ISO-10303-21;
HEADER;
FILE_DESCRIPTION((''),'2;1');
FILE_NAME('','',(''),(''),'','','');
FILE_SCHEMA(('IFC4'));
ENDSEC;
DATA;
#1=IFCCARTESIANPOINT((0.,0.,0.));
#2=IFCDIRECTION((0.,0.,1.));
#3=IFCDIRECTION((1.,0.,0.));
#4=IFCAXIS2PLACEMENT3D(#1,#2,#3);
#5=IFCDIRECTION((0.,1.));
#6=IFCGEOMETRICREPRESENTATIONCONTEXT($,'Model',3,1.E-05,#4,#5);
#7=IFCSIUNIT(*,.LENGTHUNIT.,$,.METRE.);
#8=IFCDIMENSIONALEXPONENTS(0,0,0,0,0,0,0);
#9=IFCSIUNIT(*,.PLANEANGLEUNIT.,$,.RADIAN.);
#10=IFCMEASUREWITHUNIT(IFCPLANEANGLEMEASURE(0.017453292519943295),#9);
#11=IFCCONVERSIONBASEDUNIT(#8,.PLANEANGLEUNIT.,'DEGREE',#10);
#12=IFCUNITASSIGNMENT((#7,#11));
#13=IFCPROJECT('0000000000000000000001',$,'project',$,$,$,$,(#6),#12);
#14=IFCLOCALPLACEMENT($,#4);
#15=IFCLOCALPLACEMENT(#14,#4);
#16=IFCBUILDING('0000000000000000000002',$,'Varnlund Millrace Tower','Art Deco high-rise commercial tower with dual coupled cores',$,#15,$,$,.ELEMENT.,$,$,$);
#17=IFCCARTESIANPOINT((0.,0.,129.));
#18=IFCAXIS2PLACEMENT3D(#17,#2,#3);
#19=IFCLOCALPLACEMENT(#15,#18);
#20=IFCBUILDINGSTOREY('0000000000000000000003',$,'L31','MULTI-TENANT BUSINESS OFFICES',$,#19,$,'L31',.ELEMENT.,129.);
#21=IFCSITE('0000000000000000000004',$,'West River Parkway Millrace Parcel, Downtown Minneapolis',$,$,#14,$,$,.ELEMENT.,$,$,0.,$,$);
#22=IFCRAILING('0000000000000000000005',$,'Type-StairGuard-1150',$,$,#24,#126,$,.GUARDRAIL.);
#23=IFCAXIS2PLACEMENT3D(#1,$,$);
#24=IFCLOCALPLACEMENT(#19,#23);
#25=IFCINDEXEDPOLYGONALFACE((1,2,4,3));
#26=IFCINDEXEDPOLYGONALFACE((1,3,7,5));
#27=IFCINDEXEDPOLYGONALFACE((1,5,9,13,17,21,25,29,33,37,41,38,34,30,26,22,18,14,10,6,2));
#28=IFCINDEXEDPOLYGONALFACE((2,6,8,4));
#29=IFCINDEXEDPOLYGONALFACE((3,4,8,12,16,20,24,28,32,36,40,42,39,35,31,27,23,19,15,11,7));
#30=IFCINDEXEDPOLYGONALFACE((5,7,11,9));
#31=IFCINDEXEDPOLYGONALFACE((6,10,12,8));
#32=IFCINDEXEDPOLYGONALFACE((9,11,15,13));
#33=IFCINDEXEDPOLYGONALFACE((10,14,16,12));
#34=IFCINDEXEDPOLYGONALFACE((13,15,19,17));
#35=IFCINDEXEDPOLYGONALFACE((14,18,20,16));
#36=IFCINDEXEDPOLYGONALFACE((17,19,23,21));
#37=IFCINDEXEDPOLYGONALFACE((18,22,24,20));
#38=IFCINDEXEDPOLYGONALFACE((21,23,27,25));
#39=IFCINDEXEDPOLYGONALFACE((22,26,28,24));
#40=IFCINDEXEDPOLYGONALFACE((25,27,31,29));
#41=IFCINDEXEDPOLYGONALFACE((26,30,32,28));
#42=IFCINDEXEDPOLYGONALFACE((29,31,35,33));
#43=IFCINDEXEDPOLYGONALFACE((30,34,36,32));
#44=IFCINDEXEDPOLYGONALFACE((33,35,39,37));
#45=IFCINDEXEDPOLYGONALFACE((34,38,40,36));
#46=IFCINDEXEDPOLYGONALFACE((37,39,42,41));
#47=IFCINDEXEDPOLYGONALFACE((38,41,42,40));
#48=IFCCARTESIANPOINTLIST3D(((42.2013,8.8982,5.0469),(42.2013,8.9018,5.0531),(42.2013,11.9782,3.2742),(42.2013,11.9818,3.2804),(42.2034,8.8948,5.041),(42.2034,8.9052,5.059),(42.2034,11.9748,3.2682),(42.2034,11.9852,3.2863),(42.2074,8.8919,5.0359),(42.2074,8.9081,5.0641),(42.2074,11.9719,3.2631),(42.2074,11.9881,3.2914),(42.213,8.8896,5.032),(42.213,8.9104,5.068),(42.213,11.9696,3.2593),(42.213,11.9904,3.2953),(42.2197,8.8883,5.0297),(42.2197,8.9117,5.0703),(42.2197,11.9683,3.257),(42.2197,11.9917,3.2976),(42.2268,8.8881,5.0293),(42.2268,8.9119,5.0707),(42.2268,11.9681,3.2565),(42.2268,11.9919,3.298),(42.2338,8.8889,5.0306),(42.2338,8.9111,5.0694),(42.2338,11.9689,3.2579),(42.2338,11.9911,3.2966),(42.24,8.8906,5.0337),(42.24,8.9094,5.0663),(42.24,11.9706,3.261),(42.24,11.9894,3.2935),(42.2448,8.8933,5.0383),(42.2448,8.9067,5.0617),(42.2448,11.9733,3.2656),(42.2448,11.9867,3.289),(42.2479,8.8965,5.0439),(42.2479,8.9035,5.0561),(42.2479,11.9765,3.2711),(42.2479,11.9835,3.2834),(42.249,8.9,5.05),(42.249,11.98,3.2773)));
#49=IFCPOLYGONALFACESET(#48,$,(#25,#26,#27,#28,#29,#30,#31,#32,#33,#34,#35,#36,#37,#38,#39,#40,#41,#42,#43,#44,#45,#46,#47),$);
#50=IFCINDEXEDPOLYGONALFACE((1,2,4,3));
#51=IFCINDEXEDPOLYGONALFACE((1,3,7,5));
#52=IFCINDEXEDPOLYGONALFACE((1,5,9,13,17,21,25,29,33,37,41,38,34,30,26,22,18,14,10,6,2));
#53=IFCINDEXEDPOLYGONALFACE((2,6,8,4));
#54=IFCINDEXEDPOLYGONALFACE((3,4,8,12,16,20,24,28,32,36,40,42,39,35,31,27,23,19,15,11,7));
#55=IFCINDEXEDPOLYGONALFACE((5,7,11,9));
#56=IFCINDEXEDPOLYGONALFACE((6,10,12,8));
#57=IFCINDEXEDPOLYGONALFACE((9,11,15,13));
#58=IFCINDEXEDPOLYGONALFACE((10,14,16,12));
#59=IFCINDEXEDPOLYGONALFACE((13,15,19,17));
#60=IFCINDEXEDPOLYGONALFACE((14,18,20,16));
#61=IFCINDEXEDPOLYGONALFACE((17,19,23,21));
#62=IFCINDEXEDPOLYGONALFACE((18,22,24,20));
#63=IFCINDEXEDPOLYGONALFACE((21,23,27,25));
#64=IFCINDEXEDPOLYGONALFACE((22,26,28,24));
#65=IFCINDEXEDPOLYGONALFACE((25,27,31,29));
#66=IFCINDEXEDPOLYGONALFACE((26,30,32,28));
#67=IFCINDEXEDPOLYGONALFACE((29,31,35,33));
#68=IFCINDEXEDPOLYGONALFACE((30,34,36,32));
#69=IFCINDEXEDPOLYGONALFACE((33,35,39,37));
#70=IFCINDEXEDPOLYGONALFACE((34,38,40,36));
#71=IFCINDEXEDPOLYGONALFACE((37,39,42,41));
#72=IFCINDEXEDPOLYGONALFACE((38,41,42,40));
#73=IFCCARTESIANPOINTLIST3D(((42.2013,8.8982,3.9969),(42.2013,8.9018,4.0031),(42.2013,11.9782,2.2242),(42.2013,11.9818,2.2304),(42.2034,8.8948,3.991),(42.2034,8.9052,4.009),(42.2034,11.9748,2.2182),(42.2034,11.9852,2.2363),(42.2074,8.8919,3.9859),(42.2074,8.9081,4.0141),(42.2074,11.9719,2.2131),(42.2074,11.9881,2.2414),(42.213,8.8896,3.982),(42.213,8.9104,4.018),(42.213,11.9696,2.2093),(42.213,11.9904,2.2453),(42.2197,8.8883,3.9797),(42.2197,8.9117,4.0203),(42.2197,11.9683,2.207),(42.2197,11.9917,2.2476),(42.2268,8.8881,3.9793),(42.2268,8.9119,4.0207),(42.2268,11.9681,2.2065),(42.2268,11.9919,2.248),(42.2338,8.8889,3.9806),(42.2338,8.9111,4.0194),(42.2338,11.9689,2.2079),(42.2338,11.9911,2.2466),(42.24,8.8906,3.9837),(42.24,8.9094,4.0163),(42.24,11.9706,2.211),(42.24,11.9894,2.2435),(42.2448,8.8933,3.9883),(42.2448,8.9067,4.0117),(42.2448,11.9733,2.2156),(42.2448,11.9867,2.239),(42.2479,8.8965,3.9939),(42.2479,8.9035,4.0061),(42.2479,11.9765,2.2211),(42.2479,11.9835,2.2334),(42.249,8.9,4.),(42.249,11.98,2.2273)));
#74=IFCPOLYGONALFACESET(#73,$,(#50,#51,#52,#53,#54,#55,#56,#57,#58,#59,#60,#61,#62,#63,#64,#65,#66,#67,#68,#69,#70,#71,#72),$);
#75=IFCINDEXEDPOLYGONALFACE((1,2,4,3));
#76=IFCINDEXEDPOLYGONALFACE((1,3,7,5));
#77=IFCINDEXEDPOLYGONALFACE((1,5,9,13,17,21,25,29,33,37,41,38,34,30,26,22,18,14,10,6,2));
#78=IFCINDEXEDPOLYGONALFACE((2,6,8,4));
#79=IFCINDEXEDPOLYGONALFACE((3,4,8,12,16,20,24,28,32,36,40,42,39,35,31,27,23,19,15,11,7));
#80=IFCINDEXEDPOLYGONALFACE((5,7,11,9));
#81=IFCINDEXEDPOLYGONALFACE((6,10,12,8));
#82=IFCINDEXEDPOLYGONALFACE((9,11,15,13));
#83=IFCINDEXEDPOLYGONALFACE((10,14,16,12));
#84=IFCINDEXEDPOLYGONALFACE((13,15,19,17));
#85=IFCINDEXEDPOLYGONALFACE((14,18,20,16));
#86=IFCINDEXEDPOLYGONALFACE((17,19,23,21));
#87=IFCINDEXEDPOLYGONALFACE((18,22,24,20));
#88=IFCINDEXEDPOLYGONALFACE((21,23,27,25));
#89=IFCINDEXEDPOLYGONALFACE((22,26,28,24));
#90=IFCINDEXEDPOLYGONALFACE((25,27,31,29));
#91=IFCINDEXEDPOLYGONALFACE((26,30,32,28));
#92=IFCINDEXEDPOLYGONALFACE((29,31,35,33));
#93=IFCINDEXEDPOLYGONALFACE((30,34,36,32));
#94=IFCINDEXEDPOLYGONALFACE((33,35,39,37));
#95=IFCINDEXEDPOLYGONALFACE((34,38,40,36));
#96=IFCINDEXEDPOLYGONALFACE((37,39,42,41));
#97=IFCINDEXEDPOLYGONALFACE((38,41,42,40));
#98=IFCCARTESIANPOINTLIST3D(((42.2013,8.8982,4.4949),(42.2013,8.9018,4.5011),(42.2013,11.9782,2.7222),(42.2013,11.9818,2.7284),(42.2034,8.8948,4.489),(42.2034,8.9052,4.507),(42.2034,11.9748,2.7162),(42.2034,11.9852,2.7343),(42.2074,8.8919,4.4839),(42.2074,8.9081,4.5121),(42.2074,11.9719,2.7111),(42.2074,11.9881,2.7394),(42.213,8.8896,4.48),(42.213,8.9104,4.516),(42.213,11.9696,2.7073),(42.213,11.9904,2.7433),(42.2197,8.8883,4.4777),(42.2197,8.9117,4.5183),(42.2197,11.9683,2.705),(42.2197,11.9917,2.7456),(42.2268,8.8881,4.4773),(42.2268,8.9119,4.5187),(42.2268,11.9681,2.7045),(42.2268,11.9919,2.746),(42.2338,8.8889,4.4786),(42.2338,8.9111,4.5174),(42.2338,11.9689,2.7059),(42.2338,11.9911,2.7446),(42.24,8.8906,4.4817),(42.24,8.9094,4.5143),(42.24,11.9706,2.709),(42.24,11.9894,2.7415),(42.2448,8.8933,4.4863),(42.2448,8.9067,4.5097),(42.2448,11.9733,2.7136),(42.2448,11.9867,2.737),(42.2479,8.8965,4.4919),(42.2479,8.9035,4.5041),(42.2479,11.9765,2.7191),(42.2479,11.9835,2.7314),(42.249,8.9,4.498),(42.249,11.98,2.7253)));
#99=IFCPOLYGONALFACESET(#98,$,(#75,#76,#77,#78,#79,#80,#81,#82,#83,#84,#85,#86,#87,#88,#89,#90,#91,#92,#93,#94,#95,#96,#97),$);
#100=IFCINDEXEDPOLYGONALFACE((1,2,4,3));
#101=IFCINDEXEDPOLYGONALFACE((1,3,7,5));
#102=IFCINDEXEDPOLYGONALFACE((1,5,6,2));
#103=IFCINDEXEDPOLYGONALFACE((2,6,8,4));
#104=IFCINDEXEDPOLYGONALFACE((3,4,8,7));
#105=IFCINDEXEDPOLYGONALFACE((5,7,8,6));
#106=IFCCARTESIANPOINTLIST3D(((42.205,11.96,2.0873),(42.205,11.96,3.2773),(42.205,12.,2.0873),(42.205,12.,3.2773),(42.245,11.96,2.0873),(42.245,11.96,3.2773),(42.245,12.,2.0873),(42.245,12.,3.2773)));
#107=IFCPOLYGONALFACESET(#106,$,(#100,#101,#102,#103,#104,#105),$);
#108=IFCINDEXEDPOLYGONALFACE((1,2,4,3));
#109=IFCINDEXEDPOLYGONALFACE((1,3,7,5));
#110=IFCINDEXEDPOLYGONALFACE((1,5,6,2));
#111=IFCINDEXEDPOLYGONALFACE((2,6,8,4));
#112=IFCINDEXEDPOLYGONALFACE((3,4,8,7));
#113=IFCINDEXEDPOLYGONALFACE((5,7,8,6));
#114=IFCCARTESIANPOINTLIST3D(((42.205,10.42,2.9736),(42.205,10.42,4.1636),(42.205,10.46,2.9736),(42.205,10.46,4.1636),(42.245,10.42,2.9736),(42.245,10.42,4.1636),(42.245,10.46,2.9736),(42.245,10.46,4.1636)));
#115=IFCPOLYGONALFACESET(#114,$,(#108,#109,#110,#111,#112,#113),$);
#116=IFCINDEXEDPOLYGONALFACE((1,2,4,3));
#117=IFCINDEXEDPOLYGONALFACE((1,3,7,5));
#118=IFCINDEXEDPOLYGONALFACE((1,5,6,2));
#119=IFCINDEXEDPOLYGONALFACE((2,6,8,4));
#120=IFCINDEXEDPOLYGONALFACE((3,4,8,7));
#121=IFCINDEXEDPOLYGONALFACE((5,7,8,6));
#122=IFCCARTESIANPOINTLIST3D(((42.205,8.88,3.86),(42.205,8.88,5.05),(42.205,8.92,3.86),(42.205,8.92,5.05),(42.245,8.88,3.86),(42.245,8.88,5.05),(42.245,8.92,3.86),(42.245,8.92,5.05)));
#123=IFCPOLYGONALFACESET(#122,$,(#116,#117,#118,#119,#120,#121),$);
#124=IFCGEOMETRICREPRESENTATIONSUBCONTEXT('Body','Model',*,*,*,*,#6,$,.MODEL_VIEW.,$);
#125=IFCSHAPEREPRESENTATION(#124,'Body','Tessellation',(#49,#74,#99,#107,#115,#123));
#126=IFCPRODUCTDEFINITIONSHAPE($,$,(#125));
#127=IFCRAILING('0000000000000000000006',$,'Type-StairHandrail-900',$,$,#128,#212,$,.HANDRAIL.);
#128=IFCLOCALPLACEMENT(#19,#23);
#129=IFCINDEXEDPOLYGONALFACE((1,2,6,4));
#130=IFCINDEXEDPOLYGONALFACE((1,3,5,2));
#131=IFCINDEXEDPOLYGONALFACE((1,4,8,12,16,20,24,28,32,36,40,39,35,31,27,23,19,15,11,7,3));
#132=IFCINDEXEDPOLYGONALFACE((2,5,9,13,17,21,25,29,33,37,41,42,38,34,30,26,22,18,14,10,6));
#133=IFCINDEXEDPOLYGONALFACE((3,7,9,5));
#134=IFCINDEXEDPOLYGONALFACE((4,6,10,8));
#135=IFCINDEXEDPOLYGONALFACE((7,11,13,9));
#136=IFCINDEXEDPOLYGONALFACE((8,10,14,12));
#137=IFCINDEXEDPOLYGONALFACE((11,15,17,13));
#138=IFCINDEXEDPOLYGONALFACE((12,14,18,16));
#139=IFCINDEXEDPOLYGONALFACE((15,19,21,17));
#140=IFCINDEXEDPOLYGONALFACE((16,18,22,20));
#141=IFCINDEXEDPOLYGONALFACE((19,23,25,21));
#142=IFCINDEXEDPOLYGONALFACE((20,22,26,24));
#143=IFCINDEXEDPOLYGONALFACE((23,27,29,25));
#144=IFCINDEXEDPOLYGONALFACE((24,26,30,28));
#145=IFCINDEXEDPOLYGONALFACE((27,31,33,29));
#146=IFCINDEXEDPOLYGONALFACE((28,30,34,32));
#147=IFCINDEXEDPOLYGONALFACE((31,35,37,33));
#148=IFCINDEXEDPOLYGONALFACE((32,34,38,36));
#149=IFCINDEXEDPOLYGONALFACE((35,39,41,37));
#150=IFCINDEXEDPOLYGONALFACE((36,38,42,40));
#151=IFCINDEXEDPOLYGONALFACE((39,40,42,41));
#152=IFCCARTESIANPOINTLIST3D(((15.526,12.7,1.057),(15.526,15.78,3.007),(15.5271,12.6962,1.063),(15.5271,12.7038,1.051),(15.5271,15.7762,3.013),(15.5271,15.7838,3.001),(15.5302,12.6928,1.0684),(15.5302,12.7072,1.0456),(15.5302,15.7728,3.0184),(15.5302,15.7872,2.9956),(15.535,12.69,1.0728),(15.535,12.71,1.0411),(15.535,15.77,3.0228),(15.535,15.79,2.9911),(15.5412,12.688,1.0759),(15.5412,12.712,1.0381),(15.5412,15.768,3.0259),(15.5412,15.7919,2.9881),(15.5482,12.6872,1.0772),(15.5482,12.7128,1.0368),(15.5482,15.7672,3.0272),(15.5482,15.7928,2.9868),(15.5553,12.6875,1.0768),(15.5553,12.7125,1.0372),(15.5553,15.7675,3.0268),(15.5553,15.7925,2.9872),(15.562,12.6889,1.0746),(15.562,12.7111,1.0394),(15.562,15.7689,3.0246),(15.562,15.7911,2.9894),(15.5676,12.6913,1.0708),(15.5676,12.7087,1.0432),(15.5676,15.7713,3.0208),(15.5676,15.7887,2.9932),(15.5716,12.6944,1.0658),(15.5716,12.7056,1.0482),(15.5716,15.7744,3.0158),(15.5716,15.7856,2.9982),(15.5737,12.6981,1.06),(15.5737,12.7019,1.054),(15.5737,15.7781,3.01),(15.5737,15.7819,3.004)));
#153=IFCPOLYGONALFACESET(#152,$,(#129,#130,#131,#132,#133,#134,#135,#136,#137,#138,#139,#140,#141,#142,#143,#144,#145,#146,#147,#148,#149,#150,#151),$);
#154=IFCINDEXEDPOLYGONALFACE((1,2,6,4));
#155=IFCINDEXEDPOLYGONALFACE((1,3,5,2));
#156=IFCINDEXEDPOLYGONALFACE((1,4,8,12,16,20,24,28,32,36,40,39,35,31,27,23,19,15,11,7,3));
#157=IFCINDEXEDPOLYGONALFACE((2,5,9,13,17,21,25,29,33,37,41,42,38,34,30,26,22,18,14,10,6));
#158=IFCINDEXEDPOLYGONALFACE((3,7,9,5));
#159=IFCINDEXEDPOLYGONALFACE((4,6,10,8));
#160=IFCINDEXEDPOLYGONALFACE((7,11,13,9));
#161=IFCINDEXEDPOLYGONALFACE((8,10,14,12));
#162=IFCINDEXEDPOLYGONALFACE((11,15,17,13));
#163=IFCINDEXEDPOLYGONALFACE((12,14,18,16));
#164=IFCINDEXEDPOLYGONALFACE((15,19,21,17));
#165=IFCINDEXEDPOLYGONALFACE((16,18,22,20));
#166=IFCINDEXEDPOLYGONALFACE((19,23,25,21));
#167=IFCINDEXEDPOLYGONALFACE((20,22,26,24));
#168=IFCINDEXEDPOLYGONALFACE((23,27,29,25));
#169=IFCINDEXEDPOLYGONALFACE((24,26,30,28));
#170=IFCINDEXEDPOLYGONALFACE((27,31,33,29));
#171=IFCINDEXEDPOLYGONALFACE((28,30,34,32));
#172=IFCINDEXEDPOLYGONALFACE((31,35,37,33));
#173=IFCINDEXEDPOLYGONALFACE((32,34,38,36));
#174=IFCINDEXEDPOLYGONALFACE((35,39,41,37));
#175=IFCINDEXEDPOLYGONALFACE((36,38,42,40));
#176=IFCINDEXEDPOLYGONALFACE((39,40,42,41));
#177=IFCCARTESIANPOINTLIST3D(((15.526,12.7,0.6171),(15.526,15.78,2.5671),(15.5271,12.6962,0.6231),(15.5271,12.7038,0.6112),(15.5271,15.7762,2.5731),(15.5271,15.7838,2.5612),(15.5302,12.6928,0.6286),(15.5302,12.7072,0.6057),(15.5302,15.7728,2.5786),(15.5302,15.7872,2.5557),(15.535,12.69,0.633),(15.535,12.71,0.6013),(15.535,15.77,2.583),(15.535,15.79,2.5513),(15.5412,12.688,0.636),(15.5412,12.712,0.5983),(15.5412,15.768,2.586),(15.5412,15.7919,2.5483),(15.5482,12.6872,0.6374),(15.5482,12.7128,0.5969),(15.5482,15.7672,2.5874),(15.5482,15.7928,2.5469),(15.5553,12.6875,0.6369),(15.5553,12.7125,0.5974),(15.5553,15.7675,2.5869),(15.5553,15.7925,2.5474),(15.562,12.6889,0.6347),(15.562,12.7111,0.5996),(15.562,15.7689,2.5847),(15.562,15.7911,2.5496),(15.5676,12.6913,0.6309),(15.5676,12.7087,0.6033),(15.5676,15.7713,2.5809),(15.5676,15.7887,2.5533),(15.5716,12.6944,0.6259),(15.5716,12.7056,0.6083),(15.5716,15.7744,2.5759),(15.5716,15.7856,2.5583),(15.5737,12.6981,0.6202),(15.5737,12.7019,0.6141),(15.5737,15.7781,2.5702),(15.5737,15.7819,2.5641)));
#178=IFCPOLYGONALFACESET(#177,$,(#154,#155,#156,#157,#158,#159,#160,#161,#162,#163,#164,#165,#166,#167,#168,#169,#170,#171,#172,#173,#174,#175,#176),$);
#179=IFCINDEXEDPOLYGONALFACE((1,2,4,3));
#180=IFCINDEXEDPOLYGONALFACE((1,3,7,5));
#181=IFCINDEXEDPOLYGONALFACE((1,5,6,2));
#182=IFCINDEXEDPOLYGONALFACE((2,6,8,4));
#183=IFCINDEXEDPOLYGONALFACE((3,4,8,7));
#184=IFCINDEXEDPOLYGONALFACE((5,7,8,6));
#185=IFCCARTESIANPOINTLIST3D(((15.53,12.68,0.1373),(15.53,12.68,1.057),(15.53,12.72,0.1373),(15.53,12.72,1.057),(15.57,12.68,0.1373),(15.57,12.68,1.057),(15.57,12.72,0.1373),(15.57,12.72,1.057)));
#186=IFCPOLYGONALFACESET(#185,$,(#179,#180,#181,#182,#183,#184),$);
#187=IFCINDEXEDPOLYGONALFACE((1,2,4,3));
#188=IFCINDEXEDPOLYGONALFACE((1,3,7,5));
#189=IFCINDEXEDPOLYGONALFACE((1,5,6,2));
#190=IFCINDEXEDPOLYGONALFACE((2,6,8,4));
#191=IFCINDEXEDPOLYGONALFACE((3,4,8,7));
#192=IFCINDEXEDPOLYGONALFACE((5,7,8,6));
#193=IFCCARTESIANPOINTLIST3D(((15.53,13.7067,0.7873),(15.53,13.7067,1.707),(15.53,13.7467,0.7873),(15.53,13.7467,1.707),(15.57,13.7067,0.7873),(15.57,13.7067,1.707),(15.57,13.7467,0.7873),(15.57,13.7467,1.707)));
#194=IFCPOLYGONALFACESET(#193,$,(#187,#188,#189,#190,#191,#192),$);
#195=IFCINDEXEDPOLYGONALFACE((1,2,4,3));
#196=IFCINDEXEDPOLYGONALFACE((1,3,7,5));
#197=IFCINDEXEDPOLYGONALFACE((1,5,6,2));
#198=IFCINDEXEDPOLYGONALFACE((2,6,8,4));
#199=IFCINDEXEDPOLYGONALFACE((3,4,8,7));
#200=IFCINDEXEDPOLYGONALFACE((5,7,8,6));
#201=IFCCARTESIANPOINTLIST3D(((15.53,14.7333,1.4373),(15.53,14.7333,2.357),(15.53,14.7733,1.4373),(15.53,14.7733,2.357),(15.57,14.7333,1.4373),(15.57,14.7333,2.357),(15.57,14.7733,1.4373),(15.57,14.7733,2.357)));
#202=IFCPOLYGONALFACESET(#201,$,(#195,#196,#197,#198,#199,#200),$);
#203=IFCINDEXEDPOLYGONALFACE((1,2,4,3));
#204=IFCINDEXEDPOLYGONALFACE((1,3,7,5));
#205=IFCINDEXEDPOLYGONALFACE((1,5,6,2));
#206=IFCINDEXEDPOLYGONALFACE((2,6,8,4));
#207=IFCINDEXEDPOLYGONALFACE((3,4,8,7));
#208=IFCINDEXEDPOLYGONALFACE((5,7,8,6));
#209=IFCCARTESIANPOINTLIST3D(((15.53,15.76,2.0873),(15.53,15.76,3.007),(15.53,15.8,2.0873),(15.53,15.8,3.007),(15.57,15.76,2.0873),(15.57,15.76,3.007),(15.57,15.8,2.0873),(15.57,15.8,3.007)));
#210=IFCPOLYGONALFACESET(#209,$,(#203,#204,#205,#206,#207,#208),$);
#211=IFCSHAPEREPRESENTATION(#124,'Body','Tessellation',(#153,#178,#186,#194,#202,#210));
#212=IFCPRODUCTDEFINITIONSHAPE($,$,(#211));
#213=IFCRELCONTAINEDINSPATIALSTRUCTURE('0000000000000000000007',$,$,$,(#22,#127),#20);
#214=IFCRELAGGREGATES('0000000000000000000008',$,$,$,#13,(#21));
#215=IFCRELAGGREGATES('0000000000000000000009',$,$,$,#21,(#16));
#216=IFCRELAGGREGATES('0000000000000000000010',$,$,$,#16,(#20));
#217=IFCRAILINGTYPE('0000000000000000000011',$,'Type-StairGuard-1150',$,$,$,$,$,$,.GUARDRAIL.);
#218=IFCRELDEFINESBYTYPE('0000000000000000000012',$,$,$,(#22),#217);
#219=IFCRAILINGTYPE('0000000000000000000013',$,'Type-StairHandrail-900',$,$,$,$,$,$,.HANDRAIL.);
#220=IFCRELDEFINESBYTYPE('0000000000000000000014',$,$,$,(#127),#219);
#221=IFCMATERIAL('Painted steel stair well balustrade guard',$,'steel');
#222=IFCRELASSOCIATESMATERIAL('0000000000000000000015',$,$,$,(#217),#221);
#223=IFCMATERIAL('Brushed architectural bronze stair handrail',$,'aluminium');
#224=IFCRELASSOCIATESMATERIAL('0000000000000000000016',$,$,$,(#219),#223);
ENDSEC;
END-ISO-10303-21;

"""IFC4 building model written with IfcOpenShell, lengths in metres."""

from ifc_helpers import new_model, entity, si_unit, converted_unit, direction, frame, origin_with_axes, origin_2d_with_axis, place, context, subcontext, project, spatial, rectangle, circle, extrude, material, type_object, element, save


model = new_model("IFC4")

# Units and contexts
model_context = context("Model", 3, precision=1e-05, world=origin_with_axes(), true_north=direction((0.0, 1.0)))
body_context = subcontext(model_context, "Body", "Model", "MODEL_VIEW")
ifc_project = project(units=[si_unit("LENGTHUNIT", "METRE"), converted_unit("PLANEANGLEUNIT", "DEGREE", entity("IfcPlaneAngleMeasure", 0.017453292519943295), si_unit("PLANEANGLEUNIT", "RADIAN"), dimensions=[0, 0, 0, 0, 0, 0, 0])], contexts=[model_context])

# Site, building, storey
site_placement = place(None, origin_with_axes())
site = spatial("IfcSite", under=ifc_project, at=site_placement, Name="West River Parkway Millrace Parcel, Downtown Minneapolis", CompositionType="ELEMENT", RefElevation=0.0)
building_placement = place(site_placement, origin_with_axes())
building = spatial("IfcBuilding", under=site, at=building_placement, Name="Varnlund Millrace Tower", Description="Art Deco high-rise commercial tower with dual coupled cores", CompositionType="ELEMENT")
storey_placement = place(building_placement, frame((0.0, 0.0, 129.0), z_axis=(0.0, 0.0, 1.0), x_axis=(1.0, 0.0, 0.0)))
storey = spatial("IfcBuildingStorey", under=building, at=storey_placement, Name="L31", Description="MULTI-TENANT BUSINESS OFFICES", LongName="L31", CompositionType="ELEMENT", Elevation=129.0)

# Railings
ifc_material_1 = material(Name="Painted steel stair well balustrade guard", Category="steel")
railing_type_1 = type_object("IfcRailingType", Name="Type-StairGuard-1150", PredefinedType="GUARDRAIL", material=ifc_material_1)
railing_1_placement = place(storey_placement, frame((0.0, 0.0, -129.0), z_axis=(0.0, 0.0, 1.0), x_axis=(1.0, 0.0, 0.0)))
element("IfcRailing", 1, at=railing_1_placement, inside=storey, type_object=railing_type_1, Name="Type-StairGuard-1150", PredefinedType="GUARDRAIL", context=body_context, shape_type="SweptSolid", body=[
    extrude(circle(Radius=0.024, at=origin_2d_with_axis()), frame((42.225, 11.98, 132.2773), z_axis=(0.0, -0.866696, 0.498836), x_axis=(1.0, 0.0, 0.0)), (0.0, 0.0, 1.0), 3.5537),
    extrude(circle(Radius=0.024, at=origin_2d_with_axis()), frame((42.225, 11.98, 131.2273), z_axis=(0.0, -0.866696, 0.498836), x_axis=(1.0, 0.0, 0.0)), (0.0, 0.0, 1.0), 3.5537),
    extrude(circle(Radius=0.024, at=origin_2d_with_axis()), frame((42.225, 11.98, 131.7253), z_axis=(0.0, -0.866696, 0.498836), x_axis=(1.0, 0.0, 0.0)), (0.0, 0.0, 1.0), 3.5537),
    extrude(rectangle(XDim=0.04, YDim=0.04, at=origin_2d_with_axis()), frame((42.225, 11.98, 131.0873), z_axis=(0.0, 0.0, 1.0), x_axis=(1.0, 0.0, 0.0)), (0.0, 0.0, 1.0), 1.19),
    extrude(rectangle(XDim=0.04, YDim=0.04, at=origin_2d_with_axis()), frame((42.225, 10.44, 131.9736), z_axis=(0.0, 0.0, 1.0), x_axis=(1.0, 0.0, 0.0)), (0.0, 0.0, 1.0), 1.19),
    extrude(rectangle(XDim=0.04, YDim=0.04, at=origin_2d_with_axis()), frame((42.225, 8.9, 132.86), z_axis=(0.0, 0.0, 1.0), x_axis=(1.0, 0.0, 0.0)), (0.0, 0.0, 1.0), 1.19),
])
ifc_material_2 = material(Name="Brushed architectural bronze stair handrail", Category="aluminium")
railing_type_2 = type_object("IfcRailingType", Name="Type-StairHandrail-900", PredefinedType="HANDRAIL", material=ifc_material_2)
railing_2_placement = place(storey_placement, frame((0.0, 0.0, -129.0), z_axis=(0.0, 0.0, 1.0), x_axis=(1.0, 0.0, 0.0)))
element("IfcRailing", 2, at=railing_2_placement, inside=storey, type_object=railing_type_2, Name="Type-StairHandrail-900", PredefinedType="HANDRAIL", context=body_context, shape_type="SweptSolid", body=[
    extrude(circle(Radius=0.024, at=origin_2d_with_axis()), frame((15.55, 12.7, 130.057), z_axis=(0.0, 0.844902, 0.534922), x_axis=(-1.0, 0.0, 0.0)), (0.0, 0.0, 1.0), 3.6454),
    extrude(circle(Radius=0.024, at=origin_2d_with_axis()), frame((15.55, 12.7, 129.6171), z_axis=(0.0, 0.844902, 0.534922), x_axis=(-1.0, 0.0, 0.0)), (0.0, 0.0, 1.0), 3.6454),
    extrude(rectangle(XDim=0.04, YDim=0.04, at=origin_2d_with_axis()), frame((15.55, 12.7, 129.1373), z_axis=(0.0, 0.0, 1.0), x_axis=(1.0, 0.0, 0.0)), (0.0, 0.0, 1.0), 0.9197),
    extrude(rectangle(XDim=0.04, YDim=0.04, at=origin_2d_with_axis()), frame((15.55, 13.7267, 129.7873), z_axis=(0.0, 0.0, 1.0), x_axis=(1.0, 0.0, 0.0)), (0.0, 0.0, 1.0), 0.9197),
    extrude(rectangle(XDim=0.04, YDim=0.04, at=origin_2d_with_axis()), frame((15.55, 14.7533, 130.4373), z_axis=(0.0, 0.0, 1.0), x_axis=(1.0, 0.0, 0.0)), (0.0, 0.0, 1.0), 0.9197),
    extrude(rectangle(XDim=0.04, YDim=0.04, at=origin_2d_with_axis()), frame((15.55, 15.78, 131.0873), z_axis=(0.0, 0.0, 1.0), x_axis=(1.0, 0.0, 0.0)), (0.0, 0.0, 1.0), 0.9197),
])

save(model, "model.ifc")
